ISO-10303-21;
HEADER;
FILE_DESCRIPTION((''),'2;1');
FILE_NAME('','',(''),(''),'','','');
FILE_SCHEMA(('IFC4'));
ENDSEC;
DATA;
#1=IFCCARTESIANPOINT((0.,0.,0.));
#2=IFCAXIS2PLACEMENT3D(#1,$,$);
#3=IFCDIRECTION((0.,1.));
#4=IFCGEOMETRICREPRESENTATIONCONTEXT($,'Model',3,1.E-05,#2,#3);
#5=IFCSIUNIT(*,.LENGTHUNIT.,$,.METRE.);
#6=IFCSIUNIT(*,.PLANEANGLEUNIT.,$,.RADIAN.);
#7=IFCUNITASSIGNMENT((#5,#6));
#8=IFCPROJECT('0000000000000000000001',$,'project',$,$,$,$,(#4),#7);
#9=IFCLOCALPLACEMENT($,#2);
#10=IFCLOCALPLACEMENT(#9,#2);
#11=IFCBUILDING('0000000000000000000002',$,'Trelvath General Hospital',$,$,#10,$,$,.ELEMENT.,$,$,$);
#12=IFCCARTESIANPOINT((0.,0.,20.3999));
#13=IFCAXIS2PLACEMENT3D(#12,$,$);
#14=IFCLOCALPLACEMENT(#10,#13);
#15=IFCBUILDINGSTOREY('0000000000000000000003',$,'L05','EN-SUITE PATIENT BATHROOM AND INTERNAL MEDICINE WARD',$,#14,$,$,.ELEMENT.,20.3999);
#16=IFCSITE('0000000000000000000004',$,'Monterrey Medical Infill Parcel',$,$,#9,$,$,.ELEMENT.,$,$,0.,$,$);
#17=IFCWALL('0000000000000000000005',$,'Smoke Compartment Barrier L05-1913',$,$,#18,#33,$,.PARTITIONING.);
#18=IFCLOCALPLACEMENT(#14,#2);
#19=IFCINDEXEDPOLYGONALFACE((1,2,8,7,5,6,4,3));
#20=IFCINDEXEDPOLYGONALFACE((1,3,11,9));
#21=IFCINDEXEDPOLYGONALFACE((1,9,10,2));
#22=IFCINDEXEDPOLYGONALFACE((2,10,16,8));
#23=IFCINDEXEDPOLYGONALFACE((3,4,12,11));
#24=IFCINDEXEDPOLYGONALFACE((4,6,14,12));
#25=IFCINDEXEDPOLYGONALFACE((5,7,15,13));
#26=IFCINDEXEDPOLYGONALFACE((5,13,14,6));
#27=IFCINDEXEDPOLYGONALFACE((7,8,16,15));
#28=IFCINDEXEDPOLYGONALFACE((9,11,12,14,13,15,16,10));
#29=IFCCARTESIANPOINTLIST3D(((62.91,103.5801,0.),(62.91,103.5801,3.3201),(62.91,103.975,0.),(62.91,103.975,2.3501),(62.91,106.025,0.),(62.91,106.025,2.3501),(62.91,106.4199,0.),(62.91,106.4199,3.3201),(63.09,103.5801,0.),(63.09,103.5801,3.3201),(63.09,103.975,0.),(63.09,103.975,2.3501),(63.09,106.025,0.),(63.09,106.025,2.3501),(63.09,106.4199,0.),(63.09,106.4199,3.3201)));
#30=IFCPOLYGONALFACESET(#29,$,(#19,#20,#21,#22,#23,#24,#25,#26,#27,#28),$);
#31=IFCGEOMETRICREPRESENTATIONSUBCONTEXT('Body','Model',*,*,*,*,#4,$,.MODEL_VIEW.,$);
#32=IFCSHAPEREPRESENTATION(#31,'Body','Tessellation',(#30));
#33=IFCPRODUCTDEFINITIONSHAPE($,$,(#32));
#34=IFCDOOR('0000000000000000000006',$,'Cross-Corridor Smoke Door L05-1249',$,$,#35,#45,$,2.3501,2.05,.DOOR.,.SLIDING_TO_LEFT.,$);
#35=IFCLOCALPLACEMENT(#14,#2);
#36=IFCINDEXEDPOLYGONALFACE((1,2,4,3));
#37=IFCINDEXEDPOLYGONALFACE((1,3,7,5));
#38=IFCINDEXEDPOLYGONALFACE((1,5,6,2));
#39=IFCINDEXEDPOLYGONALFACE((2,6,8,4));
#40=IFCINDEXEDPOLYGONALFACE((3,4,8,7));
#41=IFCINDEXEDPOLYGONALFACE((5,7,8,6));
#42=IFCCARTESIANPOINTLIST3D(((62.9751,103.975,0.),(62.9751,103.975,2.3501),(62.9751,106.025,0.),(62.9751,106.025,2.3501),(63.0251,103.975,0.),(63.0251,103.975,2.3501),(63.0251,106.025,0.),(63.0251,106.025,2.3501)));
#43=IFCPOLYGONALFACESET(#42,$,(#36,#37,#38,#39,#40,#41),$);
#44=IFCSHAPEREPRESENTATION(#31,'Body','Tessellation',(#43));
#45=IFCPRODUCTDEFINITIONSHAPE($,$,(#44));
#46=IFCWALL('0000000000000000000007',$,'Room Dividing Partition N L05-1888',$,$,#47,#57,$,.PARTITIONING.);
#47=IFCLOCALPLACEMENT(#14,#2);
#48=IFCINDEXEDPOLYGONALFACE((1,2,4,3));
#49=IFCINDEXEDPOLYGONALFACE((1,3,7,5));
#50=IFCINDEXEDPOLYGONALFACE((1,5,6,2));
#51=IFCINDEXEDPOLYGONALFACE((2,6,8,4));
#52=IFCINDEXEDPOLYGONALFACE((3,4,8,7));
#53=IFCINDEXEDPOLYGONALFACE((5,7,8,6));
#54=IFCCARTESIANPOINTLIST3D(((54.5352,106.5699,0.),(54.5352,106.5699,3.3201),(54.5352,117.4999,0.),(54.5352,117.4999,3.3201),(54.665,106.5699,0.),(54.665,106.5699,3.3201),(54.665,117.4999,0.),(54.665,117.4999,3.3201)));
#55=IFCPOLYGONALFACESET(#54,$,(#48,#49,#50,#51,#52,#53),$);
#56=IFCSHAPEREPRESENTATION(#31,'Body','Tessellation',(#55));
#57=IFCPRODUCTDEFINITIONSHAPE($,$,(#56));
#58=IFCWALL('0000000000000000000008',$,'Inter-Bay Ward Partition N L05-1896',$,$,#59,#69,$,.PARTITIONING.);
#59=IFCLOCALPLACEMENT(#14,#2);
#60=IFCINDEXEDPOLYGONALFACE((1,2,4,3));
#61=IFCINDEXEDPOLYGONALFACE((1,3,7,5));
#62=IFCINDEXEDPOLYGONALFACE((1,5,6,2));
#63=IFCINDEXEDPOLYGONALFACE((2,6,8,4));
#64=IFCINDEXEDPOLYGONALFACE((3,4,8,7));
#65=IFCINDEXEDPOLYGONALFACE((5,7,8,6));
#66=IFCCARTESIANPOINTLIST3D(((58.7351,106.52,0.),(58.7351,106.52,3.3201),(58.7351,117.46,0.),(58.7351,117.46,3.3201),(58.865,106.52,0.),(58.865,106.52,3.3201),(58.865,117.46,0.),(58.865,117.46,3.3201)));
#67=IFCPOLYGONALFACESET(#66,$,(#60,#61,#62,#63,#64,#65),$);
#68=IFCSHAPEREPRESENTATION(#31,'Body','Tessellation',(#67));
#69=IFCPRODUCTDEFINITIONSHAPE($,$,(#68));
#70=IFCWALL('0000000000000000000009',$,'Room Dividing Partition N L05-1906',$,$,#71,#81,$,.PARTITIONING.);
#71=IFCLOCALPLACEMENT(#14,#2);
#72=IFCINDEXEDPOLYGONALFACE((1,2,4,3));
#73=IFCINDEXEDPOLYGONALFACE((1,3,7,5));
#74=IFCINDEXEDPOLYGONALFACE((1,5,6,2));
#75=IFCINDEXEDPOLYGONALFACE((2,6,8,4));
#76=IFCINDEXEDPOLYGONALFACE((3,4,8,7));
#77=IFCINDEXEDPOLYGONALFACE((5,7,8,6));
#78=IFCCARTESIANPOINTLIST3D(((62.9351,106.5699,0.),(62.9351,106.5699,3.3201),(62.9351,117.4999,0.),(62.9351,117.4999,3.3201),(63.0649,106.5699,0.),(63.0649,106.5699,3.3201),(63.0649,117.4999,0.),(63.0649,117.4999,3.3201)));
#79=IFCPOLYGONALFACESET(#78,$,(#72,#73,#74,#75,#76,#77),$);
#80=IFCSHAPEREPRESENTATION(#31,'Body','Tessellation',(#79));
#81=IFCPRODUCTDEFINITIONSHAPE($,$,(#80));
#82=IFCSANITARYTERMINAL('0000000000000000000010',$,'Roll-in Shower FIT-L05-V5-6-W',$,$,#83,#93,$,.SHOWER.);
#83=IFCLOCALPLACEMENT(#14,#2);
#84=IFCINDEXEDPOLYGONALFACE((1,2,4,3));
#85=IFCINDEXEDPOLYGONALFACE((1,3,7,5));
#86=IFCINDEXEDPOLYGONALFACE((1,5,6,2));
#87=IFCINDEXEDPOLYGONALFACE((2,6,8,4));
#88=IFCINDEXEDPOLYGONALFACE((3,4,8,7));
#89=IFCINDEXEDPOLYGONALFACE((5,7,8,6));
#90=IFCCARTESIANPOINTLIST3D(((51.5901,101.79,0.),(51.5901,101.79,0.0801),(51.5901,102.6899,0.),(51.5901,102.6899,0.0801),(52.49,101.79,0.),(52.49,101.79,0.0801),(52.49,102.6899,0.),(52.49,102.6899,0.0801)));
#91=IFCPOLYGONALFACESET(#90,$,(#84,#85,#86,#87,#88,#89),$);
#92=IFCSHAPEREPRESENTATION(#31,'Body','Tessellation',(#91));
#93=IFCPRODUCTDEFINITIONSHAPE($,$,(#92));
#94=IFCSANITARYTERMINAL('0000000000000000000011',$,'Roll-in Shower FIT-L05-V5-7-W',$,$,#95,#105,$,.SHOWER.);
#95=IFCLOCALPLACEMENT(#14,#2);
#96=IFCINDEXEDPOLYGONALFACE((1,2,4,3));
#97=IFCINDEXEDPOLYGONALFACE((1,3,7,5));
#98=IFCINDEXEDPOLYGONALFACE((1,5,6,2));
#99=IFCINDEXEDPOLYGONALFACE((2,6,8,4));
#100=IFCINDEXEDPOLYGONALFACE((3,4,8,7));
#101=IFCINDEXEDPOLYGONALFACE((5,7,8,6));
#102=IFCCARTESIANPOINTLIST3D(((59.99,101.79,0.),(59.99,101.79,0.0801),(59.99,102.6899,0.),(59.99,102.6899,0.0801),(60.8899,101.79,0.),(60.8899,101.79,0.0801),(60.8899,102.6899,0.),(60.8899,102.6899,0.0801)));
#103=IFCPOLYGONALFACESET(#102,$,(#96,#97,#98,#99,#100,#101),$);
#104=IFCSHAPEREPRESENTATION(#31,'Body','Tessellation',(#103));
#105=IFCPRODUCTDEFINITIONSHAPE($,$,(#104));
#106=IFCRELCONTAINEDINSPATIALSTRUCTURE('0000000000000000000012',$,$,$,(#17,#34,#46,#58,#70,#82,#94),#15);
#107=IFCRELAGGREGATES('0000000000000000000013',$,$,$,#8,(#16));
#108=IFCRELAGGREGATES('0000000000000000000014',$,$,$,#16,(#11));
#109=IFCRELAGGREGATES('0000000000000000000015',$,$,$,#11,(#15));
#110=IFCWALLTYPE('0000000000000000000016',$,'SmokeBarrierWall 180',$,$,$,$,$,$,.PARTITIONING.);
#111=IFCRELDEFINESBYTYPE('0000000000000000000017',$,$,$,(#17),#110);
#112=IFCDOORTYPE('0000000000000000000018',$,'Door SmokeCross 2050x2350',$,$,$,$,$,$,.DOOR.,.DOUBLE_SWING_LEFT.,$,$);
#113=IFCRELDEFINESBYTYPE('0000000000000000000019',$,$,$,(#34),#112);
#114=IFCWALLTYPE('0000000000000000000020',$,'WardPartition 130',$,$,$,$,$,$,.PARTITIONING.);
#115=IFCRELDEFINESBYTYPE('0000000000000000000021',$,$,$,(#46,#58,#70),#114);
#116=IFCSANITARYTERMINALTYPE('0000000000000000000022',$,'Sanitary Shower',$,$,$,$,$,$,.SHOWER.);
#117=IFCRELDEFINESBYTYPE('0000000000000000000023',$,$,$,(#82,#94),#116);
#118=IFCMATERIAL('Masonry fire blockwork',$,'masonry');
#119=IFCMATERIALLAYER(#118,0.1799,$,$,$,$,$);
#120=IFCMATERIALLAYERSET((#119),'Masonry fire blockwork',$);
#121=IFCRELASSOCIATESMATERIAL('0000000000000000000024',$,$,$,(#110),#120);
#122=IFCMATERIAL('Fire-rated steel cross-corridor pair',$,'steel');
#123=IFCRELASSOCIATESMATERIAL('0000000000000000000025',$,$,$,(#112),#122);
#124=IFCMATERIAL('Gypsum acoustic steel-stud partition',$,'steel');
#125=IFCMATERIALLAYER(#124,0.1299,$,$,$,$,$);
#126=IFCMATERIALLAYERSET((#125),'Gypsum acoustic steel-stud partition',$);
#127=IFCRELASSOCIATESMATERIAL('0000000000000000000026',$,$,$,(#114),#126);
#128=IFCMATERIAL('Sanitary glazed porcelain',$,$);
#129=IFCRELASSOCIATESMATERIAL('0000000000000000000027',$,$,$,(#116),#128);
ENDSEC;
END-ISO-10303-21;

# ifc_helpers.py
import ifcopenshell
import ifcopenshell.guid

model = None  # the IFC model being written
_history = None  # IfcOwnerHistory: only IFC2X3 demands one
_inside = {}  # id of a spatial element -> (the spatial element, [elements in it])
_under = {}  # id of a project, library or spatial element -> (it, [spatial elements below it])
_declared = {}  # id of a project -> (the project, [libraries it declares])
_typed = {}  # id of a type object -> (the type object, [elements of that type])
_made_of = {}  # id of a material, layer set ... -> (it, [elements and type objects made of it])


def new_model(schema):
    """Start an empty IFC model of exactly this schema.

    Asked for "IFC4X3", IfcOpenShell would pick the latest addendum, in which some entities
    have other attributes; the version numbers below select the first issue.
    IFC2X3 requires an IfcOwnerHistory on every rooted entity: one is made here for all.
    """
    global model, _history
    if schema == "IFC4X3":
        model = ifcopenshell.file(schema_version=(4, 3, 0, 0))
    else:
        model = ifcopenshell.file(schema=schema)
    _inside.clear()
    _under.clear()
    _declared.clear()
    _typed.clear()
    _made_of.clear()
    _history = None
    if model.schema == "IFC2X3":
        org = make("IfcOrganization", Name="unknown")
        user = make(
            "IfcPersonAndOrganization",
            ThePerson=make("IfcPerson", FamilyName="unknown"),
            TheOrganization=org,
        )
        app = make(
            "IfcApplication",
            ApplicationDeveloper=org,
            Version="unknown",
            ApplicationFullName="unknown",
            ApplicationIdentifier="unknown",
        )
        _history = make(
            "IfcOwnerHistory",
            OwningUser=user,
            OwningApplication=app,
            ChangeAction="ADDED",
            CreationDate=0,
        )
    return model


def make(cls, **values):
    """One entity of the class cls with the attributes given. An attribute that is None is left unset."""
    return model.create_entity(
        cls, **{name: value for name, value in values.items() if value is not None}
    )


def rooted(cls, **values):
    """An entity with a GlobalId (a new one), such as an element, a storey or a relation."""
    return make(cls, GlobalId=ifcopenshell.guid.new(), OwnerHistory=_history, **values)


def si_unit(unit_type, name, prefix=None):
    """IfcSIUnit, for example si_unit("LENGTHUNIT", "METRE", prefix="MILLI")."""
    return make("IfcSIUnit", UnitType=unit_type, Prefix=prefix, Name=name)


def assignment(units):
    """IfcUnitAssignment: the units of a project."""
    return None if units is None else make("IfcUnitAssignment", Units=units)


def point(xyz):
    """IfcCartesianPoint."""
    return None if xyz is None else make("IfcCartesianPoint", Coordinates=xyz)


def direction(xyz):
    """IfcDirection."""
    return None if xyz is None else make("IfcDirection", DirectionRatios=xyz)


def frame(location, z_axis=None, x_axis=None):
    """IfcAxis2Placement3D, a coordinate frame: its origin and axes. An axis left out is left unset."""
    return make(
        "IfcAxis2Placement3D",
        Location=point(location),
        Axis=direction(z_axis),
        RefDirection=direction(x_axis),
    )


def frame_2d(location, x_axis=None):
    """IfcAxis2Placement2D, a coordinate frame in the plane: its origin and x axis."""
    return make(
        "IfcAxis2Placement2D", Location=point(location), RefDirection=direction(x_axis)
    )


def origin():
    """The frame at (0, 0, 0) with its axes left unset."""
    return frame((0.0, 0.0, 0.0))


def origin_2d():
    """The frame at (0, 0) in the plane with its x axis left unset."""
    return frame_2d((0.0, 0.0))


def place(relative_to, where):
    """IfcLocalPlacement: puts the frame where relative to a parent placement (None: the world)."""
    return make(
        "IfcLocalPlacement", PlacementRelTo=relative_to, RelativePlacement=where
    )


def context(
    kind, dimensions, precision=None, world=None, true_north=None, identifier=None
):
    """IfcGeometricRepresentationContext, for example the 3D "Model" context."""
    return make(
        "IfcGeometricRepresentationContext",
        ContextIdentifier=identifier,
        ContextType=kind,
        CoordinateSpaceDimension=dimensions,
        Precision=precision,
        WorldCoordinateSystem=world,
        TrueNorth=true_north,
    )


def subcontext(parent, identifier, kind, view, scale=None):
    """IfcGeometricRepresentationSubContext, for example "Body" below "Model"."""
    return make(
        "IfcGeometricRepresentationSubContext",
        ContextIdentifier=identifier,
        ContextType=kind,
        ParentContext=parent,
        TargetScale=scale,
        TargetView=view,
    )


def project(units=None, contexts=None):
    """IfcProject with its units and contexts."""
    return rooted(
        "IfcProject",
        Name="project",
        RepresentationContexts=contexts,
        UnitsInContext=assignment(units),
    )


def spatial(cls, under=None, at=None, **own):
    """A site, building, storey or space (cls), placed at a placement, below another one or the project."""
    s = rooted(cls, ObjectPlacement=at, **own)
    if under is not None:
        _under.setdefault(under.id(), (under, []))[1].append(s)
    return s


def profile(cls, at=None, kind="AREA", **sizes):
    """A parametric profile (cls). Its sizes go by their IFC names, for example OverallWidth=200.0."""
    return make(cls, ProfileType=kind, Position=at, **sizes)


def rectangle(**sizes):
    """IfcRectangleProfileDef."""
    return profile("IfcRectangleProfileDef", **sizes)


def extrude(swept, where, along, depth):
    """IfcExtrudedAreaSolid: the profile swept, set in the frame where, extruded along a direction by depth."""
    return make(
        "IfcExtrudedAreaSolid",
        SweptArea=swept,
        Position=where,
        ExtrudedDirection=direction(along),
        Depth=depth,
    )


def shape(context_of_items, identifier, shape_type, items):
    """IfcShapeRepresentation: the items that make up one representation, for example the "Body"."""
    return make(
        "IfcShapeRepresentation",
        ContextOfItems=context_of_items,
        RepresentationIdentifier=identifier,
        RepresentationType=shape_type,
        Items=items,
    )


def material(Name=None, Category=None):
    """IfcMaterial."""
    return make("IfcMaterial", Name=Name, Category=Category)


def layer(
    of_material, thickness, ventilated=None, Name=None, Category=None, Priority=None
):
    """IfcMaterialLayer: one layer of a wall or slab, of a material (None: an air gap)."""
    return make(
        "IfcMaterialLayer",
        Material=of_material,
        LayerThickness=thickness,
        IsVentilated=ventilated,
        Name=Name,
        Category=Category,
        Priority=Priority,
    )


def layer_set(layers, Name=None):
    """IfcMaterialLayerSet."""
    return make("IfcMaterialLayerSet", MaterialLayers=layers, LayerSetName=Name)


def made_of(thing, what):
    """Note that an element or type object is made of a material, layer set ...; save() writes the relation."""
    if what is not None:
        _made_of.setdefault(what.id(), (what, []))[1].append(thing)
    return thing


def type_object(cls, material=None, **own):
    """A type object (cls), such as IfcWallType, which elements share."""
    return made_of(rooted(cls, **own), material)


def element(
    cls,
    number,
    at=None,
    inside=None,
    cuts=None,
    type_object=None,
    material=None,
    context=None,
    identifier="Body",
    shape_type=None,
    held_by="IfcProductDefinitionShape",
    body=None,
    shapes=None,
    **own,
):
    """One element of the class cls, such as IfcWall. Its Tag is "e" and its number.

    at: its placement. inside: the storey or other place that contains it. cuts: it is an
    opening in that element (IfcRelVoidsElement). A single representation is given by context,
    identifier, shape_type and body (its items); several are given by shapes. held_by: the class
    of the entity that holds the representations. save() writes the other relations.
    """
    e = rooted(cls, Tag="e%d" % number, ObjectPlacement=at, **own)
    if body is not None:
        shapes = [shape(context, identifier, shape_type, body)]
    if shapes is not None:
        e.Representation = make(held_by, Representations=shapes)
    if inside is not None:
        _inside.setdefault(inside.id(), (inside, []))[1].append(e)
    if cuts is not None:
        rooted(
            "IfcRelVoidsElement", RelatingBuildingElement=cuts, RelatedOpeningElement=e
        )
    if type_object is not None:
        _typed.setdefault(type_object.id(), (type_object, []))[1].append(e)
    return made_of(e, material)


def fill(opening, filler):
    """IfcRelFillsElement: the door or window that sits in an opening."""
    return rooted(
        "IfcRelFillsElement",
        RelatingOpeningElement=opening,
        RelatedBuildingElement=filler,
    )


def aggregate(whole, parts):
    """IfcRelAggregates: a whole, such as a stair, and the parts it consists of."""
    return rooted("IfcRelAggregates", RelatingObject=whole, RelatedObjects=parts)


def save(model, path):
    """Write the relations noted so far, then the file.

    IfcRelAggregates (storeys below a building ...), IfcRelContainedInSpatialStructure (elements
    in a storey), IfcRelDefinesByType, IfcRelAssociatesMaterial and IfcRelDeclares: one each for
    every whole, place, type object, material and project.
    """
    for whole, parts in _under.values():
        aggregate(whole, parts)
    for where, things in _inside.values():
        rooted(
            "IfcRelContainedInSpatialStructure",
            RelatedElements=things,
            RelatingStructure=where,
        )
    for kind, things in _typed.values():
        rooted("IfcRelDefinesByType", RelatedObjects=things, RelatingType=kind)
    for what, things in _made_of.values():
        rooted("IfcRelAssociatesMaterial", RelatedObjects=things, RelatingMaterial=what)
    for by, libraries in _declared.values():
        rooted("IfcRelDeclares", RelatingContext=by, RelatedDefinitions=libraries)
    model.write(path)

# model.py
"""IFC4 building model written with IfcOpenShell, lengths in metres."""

from ifc_helpers import new_model, si_unit, direction, frame, frame_2d, origin, origin_2d, place, context, subcontext, project, spatial, rectangle, extrude, material, layer, layer_set, type_object, element, fill, save


model = new_model("IFC4")

# Units and contexts
model_context = context("Model", 3, precision=1e-05, world=origin(), true_north=direction((0.0, 1.0)))
body_context = subcontext(model_context, "Body", "Model", "MODEL_VIEW")
ifc_project = project(units=[si_unit("LENGTHUNIT", "METRE"), si_unit("PLANEANGLEUNIT", "RADIAN")], contexts=[model_context])

# Site, building, storey
site_placement = place(None, origin())
site = spatial("IfcSite", under=ifc_project, at=site_placement, Name="Monterrey Medical Infill Parcel", CompositionType="ELEMENT", RefElevation=0.0)
building_placement = place(site_placement, origin())
building = spatial("IfcBuilding", under=site, at=building_placement, Name="Trelvath General Hospital", CompositionType="ELEMENT")
storey_placement = place(building_placement, frame((0.0, 0.0, 20.3999)))
storey = spatial("IfcBuildingStorey", under=building, at=storey_placement, Name="L05", Description="EN-SUITE PATIENT BATHROOM AND INTERNAL MEDICINE WARD", CompositionType="ELEMENT", Elevation=20.3999)

# Wall, opening, door
ifc_material_1 = material(Name="Masonry fire blockwork", Category="masonry")
ifc_layer_1 = layer(ifc_material_1, 0.1799)
ifc_layer_set_1 = layer_set([ifc_layer_1], Name="Masonry fire blockwork")
wall_type_1 = type_object("IfcWallType", Name="SmokeBarrierWall 180", PredefinedType="PARTITIONING", material=ifc_layer_set_1)
wall_1_placement = place(storey_placement, frame((63.0, 103.5801, 0.0), z_axis=(0.0, 0.0, 1.0), x_axis=(0.0, 1.0, 0.0)))
wall_1 = element("IfcWall", 1, at=wall_1_placement, inside=storey, type_object=wall_type_1, Name="Smoke Compartment Barrier L05-1913", PredefinedType="PARTITIONING", context=body_context, shape_type="SweptSolid", body=[
    extrude(rectangle(XDim=2.8398, YDim=0.1799, at=frame_2d((1.4199, 0.0))), origin(), (0.0, 0.0, 1.0), 3.3201),
])
opening_1_placement = place(wall_1_placement, frame((0.395, 0.0, 0.0)))
opening_1 = element("IfcOpeningElement", 2, at=opening_1_placement, cuts=wall_1, PredefinedType="OPENING", context=body_context, shape_type="SweptSolid", body=[
    extrude(rectangle(XDim=2.05, YDim=2.3501, at=frame_2d((1.0249, 1.175))), frame((0.0, 0.0999, 0.0), z_axis=(0.0, -1.0, 0.0), x_axis=(1.0, 0.0, 0.0)), (0.0, 0.0, 1.0), 0.2),
])
ifc_material_2 = material(Name="Fire-rated steel cross-corridor pair", Category="steel")
door_type_1 = type_object("IfcDoorType", Name="Door SmokeCross 2050x2350", OperationType="DOUBLE_SWING_LEFT", PredefinedType="DOOR", material=ifc_material_2)
door_1_placement = place(opening_1_placement, origin())
door_1 = element("IfcDoor", 3, at=door_1_placement, inside=storey, type_object=door_type_1, Name="Cross-Corridor Smoke Door L05-1249", OperationType="SLIDING_TO_LEFT", OverallHeight=2.3501, OverallWidth=2.05, PredefinedType="DOOR", context=body_context, shape_type="SweptSolid", body=[
    extrude(rectangle(XDim=2.05, YDim=2.3501, at=frame_2d((1.0249, 1.175))), frame((0.0, 0.0249, 0.0), z_axis=(0.0, -1.0, 0.0), x_axis=(1.0, 0.0, 0.0)), (0.0, 0.0, 1.0), 0.05),
])
fill(opening_1, door_1)

# Walls
ifc_material_3 = material(Name="Gypsum acoustic steel-stud partition", Category="steel")
ifc_layer_2 = layer(ifc_material_3, 0.1299)
ifc_layer_set_2 = layer_set([ifc_layer_2], Name="Gypsum acoustic steel-stud partition")
wall_type_2 = type_object("IfcWallType", Name="WardPartition 130", PredefinedType="PARTITIONING", material=ifc_layer_set_2)
wall_2_placement = place(storey_placement, frame((54.6001, 106.5701, 0.0), z_axis=(0.0, 0.0, 1.0), x_axis=(0.0, 1.0, 0.0)))
element("IfcWall", 4, at=wall_2_placement, inside=storey, type_object=wall_type_2, Name="Room Dividing Partition N L05-1888", PredefinedType="PARTITIONING", context=body_context, shape_type="SweptSolid", body=[
    extrude(rectangle(XDim=10.9299, YDim=0.1299, at=frame_2d((5.4648, 0.0))), origin(), (0.0, 0.0, 1.0), 3.3201),
])
wall_3_placement = place(storey_placement, frame((58.8, 106.52, 0.0), z_axis=(0.0, 0.0, 1.0), x_axis=(0.0, 1.0, 0.0)))
element("IfcWall", 5, at=wall_3_placement, inside=storey, type_object=wall_type_2, Name="Inter-Bay Ward Partition N L05-1896", PredefinedType="PARTITIONING", context=body_context, shape_type="SweptSolid", body=[
    extrude(rectangle(XDim=10.9399, YDim=0.1299, at=frame_2d((5.47, 0.0))), origin(), (0.0, 0.0, 1.0), 3.3201),
])
wall_4_placement = place(storey_placement, frame((63.0, 106.5701, 0.0), z_axis=(0.0, 0.0, 1.0), x_axis=(0.0, 1.0, 0.0)))
element("IfcWall", 6, at=wall_4_placement, inside=storey, type_object=wall_type_2, Name="Room Dividing Partition N L05-1906", PredefinedType="PARTITIONING", context=body_context, shape_type="SweptSolid", body=[
    extrude(rectangle(XDim=10.9299, YDim=0.1299, at=frame_2d((5.4648, 0.0))), origin(), (0.0, 0.0, 1.0), 3.3201),
])

# Sanitary terminals
ifc_material_4 = material(Name="Sanitary glazed porcelain")
sanitary_terminal_type = type_object("IfcSanitaryTerminalType", Name="Sanitary Shower", PredefinedType="SHOWER", material=ifc_material_4)
for number, where, z_axis, x_axis, name in (
    (7, (52.04, 102.24, 0.0), (0.0, 0.0, 1.0), (1.0, 0.0, 0.0), "Roll-in Shower FIT-L05-V5-6-W"),
    (8, (60.4399, 102.24, 0.0), (0.0, 0.0, 1.0), (1.0, 0.0, 0.0), "Roll-in Shower FIT-L05-V5-7-W"),
):
    element("IfcSanitaryTerminal", number, at=place(storey_placement, frame(where, z_axis=z_axis, x_axis=x_axis)), inside=storey, type_object=sanitary_terminal_type, Name=name, PredefinedType="SHOWER", context=body_context, shape_type="SweptSolid", body=[
        extrude(rectangle(XDim=0.8999, YDim=0.8999, at=origin_2d()), origin(), (0.0, 0.0, 1.0), 0.0801),
    ])

save(model, "model.ifc")
